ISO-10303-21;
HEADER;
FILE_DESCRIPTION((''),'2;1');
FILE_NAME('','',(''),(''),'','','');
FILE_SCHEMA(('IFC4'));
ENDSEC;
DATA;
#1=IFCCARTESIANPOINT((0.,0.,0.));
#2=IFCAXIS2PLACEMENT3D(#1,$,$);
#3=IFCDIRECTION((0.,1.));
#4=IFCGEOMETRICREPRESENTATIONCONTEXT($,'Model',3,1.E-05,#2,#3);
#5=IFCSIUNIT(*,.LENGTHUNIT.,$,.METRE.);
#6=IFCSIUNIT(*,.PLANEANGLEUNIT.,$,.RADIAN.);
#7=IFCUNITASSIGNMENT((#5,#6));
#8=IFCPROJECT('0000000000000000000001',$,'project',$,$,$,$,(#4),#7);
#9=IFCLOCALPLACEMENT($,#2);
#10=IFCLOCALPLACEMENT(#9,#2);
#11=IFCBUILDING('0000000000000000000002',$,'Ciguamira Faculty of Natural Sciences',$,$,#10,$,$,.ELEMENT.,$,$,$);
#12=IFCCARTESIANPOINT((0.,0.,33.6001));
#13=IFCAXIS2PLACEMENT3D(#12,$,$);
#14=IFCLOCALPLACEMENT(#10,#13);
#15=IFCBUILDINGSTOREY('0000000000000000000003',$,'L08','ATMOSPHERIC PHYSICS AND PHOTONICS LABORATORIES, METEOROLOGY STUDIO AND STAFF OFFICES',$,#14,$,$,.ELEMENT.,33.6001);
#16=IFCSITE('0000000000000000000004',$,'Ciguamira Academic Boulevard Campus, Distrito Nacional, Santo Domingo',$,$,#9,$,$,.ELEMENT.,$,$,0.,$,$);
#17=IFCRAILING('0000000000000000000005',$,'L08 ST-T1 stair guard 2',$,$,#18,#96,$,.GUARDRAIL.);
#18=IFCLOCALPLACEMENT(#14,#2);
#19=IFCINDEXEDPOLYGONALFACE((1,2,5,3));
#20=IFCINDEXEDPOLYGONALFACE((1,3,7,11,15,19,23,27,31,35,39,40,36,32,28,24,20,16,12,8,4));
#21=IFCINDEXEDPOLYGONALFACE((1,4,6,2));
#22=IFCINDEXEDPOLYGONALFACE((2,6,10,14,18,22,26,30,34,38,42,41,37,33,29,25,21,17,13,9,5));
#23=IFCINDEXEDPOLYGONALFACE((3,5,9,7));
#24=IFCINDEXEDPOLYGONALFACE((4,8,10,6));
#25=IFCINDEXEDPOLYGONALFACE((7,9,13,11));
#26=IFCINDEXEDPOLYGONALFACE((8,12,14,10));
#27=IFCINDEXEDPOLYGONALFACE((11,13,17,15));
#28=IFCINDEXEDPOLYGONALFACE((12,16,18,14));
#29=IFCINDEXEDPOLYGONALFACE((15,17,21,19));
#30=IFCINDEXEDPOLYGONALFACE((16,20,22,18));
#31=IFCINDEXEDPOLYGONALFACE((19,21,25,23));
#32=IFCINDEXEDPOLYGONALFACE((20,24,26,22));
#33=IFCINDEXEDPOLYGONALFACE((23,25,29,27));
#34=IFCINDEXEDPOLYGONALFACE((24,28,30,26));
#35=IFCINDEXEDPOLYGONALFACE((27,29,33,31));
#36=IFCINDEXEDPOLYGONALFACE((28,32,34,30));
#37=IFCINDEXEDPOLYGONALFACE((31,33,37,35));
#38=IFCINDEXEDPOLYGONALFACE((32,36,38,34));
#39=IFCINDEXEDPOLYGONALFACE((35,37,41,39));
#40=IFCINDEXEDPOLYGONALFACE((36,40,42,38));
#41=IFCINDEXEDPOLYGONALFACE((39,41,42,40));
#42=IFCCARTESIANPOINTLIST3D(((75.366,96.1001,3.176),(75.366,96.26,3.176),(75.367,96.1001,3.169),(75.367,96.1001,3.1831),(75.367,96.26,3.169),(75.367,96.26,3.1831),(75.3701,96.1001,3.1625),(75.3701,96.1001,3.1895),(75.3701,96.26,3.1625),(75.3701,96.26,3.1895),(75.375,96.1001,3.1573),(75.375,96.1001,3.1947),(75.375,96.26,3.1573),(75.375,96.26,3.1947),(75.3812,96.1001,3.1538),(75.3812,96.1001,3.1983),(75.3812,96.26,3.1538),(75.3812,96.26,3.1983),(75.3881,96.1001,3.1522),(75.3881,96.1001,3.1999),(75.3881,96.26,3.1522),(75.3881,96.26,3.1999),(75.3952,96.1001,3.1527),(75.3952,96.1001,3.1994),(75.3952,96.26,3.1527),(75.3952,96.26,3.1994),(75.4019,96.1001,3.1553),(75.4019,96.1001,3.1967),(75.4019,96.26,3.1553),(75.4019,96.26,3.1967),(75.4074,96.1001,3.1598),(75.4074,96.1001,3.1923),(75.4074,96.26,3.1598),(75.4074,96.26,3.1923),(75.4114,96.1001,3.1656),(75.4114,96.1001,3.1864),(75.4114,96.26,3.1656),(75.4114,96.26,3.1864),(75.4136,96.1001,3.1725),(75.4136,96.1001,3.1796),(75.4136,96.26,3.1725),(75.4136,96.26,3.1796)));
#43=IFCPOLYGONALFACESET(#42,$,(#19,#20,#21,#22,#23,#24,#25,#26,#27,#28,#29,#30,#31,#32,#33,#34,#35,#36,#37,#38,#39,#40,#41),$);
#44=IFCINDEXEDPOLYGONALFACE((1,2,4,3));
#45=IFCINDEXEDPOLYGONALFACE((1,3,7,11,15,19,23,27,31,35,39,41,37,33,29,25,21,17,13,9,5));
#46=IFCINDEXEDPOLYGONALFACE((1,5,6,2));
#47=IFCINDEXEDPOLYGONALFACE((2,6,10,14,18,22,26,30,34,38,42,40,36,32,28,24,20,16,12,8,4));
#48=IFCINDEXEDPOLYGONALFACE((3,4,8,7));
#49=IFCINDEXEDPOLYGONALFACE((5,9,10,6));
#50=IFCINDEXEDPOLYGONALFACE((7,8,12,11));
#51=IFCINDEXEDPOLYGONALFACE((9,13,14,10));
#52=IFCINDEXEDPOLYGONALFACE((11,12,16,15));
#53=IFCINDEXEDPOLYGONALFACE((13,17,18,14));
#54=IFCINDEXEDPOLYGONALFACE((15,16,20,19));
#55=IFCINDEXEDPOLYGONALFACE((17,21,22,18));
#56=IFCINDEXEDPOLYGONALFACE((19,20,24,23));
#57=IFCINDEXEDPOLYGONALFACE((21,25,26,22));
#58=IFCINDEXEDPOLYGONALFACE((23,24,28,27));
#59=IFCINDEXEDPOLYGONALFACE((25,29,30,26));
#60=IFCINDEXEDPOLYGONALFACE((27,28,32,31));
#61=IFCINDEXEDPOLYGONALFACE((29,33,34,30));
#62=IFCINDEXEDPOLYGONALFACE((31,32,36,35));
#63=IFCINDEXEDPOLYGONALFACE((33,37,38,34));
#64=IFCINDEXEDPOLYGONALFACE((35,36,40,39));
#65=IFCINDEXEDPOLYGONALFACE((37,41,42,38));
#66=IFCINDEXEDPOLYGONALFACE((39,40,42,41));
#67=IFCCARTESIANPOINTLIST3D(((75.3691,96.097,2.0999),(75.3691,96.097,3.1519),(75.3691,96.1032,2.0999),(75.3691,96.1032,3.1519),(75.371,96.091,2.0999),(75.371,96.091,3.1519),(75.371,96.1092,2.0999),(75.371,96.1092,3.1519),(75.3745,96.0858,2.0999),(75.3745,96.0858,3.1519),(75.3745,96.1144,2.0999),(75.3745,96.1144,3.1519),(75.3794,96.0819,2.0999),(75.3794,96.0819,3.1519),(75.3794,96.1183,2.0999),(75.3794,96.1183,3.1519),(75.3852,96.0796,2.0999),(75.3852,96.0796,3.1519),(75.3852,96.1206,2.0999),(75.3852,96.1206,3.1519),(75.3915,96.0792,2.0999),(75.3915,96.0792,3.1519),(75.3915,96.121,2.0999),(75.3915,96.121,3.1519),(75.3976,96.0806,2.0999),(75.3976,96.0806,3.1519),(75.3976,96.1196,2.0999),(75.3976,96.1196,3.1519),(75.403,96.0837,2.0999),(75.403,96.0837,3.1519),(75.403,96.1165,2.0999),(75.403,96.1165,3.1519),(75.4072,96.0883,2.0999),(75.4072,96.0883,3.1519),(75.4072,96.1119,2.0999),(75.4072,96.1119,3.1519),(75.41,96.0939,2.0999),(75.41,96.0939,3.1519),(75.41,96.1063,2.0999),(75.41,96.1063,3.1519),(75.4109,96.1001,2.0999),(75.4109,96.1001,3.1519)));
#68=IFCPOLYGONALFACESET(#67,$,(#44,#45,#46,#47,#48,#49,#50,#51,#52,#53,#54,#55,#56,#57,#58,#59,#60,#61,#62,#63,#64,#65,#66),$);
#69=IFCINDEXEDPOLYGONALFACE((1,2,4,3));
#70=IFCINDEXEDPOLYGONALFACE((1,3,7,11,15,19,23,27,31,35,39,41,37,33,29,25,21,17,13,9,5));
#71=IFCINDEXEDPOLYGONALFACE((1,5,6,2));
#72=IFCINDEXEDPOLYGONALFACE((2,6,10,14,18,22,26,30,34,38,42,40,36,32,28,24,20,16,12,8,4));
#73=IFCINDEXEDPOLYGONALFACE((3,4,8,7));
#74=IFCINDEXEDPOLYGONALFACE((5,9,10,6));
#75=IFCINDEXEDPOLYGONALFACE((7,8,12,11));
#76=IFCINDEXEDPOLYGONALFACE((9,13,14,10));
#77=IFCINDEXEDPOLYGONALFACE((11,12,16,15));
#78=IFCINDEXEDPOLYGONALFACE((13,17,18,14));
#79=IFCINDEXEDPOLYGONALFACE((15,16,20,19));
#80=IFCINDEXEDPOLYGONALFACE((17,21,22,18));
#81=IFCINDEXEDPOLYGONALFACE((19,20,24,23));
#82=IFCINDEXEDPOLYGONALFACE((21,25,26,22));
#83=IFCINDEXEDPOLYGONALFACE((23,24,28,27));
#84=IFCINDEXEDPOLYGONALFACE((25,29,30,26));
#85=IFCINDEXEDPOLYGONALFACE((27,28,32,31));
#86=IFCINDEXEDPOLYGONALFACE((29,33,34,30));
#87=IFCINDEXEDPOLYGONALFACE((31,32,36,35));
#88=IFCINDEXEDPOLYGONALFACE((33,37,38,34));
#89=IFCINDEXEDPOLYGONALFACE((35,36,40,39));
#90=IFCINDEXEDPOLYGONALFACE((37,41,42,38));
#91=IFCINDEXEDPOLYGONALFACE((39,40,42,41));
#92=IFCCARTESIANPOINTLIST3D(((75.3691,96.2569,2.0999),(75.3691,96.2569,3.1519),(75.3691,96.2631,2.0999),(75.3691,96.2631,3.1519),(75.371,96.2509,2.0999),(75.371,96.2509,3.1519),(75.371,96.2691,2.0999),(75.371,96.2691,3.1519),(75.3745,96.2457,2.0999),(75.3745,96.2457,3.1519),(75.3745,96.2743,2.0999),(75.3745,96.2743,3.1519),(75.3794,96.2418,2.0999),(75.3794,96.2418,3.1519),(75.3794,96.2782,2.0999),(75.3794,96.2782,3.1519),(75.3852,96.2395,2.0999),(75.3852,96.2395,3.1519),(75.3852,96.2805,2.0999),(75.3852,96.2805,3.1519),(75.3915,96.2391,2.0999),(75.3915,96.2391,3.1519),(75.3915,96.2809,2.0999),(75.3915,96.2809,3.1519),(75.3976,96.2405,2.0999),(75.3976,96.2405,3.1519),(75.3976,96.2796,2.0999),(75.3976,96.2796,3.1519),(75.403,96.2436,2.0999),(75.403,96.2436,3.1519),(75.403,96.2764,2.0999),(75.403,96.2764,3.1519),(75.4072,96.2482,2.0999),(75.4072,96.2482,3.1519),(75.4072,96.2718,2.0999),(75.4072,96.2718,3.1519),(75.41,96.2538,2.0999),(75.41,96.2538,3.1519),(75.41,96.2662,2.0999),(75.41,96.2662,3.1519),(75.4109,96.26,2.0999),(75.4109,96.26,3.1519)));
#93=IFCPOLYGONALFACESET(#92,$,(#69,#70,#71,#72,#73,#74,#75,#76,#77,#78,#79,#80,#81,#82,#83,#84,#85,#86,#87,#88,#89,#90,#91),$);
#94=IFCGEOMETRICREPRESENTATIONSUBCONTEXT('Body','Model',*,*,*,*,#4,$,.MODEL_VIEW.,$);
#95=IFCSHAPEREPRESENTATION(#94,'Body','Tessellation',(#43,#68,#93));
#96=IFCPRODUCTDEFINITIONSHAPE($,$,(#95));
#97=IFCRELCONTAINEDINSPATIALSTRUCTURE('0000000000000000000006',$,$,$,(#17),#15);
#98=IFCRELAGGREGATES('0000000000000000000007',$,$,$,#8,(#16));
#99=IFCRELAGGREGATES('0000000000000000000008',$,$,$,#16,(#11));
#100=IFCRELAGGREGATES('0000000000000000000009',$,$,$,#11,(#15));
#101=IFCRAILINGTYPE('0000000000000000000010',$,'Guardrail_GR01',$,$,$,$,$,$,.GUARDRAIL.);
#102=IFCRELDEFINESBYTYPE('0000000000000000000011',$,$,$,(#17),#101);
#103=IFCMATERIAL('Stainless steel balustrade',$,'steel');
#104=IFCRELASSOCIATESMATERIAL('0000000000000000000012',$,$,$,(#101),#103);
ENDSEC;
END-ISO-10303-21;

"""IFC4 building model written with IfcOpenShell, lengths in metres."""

from ifc_helpers import new_model, si_unit, direction, frame, origin, origin_2d, place, context, subcontext, project, spatial, circle, extrude, material, type_object, element, save


model = new_model("IFC4")

# Units and contexts
model_context = context("Model", 3, precision=1e-05, world=origin(), true_north=direction((0.0, 1.0)))
body_context = subcontext(model_context, "Body", "Model", "MODEL_VIEW")
ifc_project = project(units=[si_unit("LENGTHUNIT", "METRE"), si_unit("PLANEANGLEUNIT", "RADIAN")], contexts=[model_context])

# Site, building, storey
site_placement = place(None, origin())
site = spatial("IfcSite", under=ifc_project, at=site_placement, Name="Ciguamira Academic Boulevard Campus, Distrito Nacional, Santo Domingo", CompositionType="ELEMENT", RefElevation=0.0)
building_placement = place(site_placement, origin())
building = spatial("IfcBuilding", under=site, at=building_placement, Name="Ciguamira Faculty of Natural Sciences", CompositionType="ELEMENT")
storey_placement = place(building_placement, frame((0.0, 0.0, 33.6001)))
storey = spatial("IfcBuildingStorey", under=building, at=storey_placement, Name="L08", Description="ATMOSPHERIC PHYSICS AND PHOTONICS LABORATORIES, METEOROLOGY STUDIO AND STAFF OFFICES", CompositionType="ELEMENT", Elevation=33.6001)

# Railing
ifc_material_1 = material(Name="Stainless steel balustrade", Category="steel")
railing_type_1 = type_object("IfcRailingType", Name="Guardrail_GR01", PredefinedType="GUARDRAIL", material=ifc_material_1)
railing_1_placement = place(storey_placement, frame((75.3899, 96.1001, 2.0999)))
element("IfcRailing", 1, at=railing_1_placement, inside=storey, type_object=railing_type_1, Name="L08 ST-T1 stair guard 2", PredefinedType="GUARDRAIL", context=body_context, shape_type="SweptSolid", body=[
    extrude(circle(Radius=0.0239, at=origin_2d()), frame((0.0, 0.0, 1.0762), z_axis=(0.0, 1.0, 0.0), x_axis=(-1.0, 0.0, 0.0)), (0.0, 0.0, 1.0), 0.1599),
    extrude(circle(Radius=0.021, at=origin_2d()), origin(), (0.0, 0.0, 1.0), 1.052),
    extrude(circle(Radius=0.021, at=origin_2d()), frame((0.0, 0.1599, 0.0)), (0.0, 0.0, 1.0), 1.052),
])

save(model, "model.ifc")
